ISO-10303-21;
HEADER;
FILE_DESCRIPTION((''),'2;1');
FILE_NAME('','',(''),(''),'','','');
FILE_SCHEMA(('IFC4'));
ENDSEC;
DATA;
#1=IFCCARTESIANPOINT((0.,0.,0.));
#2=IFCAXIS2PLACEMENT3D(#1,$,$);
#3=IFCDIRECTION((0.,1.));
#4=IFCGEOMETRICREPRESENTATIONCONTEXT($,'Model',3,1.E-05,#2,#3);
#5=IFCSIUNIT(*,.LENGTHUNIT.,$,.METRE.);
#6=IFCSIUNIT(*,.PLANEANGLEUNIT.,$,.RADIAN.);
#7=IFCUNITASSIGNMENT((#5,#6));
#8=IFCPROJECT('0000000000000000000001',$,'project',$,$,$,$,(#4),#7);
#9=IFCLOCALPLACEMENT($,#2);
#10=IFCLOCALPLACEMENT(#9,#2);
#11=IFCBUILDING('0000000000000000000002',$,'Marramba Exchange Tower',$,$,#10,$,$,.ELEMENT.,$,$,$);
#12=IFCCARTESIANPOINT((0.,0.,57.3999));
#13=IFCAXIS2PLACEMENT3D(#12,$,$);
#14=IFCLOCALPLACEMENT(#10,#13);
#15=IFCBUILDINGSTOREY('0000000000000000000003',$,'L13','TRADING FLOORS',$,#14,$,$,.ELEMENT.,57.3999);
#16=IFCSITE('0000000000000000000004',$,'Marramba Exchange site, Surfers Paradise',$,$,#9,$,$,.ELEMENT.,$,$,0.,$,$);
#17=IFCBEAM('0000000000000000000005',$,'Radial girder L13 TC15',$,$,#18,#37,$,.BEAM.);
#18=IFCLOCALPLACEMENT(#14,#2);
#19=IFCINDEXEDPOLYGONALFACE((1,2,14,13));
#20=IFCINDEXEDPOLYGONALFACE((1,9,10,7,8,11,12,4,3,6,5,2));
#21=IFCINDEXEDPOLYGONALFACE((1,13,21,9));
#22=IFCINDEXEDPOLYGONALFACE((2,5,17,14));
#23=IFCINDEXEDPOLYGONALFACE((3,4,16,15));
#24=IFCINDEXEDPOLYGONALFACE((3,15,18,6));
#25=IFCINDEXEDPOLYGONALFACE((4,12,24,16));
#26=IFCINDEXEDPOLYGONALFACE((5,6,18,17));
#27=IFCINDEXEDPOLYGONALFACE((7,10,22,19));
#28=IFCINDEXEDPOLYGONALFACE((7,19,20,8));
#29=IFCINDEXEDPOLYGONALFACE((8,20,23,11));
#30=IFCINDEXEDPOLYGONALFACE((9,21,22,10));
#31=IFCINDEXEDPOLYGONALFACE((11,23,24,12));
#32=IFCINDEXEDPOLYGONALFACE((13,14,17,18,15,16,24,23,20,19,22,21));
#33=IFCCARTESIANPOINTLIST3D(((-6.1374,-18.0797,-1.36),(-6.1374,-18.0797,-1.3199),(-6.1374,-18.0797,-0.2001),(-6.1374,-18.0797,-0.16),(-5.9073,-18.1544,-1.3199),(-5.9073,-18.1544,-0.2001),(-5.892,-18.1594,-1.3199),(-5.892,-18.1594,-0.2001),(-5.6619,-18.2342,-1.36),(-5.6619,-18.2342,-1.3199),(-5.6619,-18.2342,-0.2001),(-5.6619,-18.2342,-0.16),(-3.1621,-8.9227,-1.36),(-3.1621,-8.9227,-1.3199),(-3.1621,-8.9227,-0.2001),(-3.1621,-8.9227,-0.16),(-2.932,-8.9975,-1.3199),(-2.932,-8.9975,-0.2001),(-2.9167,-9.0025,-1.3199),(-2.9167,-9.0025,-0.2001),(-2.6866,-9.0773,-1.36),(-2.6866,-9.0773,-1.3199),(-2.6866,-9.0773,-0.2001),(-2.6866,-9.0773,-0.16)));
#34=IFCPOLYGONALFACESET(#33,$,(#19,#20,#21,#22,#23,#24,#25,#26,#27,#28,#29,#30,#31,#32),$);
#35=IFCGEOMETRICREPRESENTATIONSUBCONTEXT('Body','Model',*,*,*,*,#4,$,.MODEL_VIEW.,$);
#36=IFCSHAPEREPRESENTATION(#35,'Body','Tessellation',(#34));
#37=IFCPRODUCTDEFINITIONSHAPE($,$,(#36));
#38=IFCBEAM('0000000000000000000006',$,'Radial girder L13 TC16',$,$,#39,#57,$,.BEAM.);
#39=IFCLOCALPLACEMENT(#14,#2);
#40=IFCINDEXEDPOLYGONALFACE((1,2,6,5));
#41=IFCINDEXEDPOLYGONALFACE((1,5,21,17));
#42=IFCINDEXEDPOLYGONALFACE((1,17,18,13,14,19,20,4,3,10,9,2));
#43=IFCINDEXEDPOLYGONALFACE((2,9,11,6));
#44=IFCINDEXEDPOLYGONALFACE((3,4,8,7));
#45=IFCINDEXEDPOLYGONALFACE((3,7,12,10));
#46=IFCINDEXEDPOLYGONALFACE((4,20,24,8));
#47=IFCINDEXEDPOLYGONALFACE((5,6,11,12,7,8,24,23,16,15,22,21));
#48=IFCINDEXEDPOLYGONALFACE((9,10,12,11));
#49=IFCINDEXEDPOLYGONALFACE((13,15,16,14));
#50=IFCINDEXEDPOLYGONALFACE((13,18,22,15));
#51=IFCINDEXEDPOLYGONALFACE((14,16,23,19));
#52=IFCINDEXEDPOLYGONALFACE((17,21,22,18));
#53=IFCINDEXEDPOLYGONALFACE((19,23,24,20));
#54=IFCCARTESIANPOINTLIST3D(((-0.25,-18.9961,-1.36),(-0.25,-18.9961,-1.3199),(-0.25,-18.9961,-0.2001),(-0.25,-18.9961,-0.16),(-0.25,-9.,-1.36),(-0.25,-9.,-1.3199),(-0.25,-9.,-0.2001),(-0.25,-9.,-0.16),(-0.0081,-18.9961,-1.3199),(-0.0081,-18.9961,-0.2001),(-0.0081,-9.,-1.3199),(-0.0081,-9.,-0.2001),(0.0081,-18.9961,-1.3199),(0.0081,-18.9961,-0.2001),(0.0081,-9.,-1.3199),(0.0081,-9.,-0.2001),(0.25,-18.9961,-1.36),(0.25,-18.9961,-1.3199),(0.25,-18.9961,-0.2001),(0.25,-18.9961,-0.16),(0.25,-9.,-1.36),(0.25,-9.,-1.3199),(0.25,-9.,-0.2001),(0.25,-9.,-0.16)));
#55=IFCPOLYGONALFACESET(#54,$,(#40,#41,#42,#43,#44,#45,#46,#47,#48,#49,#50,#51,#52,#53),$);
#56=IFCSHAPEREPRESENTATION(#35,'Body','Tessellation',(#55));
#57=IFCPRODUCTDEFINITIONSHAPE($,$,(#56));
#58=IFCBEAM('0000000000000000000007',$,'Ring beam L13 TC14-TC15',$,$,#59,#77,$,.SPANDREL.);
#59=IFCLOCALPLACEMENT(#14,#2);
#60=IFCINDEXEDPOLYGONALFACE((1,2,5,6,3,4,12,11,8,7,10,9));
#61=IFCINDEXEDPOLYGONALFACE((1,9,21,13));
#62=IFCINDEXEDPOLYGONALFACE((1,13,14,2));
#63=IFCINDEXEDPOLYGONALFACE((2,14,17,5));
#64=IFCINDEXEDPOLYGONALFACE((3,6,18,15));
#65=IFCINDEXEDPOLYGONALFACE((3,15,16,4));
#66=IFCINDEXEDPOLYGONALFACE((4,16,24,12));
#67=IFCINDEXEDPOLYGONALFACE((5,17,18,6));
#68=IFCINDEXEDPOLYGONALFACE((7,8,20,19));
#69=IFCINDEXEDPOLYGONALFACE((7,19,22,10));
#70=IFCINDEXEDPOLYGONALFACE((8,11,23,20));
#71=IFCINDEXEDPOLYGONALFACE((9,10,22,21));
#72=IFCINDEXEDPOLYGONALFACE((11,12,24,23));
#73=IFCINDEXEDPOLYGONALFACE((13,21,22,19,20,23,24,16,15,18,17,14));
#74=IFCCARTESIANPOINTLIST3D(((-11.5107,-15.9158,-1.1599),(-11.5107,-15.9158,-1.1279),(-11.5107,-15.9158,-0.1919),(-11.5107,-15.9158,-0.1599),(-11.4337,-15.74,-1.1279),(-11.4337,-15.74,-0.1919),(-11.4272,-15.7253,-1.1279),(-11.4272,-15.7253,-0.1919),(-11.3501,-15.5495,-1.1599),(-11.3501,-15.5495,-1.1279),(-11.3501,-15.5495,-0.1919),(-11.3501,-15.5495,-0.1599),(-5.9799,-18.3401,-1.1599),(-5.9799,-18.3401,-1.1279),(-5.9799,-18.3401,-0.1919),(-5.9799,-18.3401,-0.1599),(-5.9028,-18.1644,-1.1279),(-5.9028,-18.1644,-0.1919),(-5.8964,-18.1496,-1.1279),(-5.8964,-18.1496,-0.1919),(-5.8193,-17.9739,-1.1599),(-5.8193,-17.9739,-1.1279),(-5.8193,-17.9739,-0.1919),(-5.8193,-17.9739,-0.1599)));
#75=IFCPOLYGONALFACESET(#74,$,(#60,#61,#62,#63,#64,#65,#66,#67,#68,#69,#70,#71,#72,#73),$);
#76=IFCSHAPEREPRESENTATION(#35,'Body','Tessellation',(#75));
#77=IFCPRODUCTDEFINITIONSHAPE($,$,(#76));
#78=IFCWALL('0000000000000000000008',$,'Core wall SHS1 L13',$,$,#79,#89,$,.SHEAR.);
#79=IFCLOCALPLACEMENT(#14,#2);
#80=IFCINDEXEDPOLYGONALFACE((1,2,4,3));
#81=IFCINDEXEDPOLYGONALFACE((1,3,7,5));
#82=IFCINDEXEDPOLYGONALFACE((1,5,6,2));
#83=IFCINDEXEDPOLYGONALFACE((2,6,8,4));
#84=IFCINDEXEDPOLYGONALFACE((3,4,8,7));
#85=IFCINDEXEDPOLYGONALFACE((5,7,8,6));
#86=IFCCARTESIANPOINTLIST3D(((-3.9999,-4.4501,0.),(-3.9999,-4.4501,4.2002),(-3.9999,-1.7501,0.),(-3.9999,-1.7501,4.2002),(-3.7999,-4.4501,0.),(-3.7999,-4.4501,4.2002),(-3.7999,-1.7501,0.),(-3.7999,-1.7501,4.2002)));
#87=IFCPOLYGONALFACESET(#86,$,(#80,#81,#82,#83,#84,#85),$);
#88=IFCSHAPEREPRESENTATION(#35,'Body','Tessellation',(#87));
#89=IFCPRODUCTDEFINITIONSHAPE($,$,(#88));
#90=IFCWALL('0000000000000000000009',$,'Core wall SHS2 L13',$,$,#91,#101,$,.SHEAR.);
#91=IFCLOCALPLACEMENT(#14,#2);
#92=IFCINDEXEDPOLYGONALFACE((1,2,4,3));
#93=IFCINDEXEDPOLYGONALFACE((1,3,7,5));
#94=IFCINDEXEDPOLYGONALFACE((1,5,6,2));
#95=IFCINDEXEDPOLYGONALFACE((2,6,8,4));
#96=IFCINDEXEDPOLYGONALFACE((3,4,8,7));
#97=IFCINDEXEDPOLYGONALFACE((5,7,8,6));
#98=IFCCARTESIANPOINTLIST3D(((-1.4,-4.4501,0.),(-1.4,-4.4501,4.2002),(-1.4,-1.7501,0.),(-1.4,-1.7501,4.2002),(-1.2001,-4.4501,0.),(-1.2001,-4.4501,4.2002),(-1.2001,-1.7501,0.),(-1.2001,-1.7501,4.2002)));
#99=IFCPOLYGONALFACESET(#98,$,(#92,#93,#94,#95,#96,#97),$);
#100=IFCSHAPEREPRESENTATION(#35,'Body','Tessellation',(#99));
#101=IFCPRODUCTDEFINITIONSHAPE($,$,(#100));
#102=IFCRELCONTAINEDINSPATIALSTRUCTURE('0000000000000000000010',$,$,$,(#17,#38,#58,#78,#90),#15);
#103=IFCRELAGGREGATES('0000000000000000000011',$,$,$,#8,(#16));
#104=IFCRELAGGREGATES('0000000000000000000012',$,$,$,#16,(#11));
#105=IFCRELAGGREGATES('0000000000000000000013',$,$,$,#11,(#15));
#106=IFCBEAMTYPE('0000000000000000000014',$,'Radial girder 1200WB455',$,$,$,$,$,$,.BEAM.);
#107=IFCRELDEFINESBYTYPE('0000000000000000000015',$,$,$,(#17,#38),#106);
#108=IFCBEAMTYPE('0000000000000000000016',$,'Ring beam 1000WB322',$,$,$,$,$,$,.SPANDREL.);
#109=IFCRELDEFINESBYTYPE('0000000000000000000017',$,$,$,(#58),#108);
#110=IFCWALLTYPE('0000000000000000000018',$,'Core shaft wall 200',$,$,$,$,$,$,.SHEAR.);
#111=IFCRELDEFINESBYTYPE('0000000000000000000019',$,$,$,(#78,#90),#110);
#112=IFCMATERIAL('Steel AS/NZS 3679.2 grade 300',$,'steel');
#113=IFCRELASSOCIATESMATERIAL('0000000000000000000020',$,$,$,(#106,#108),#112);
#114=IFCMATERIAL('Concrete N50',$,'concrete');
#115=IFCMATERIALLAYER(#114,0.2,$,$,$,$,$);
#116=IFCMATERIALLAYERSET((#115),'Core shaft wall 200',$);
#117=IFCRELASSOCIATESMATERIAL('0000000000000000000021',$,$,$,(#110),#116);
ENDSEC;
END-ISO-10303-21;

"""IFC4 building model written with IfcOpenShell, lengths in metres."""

from ifc_helpers import new_model, si_unit, direction, frame, frame_2d, origin, origin_2d, place, context, subcontext, project, spatial, rectangle, i_section, extrude, material, layer, layer_set, material_profile, profile_set, type_object, element, save


model = new_model("IFC4")

# Units and contexts
model_context = context("Model", 3, precision=1e-05, world=origin(), true_north=direction((0.0, 1.0)))
body_context = subcontext(model_context, "Body", "Model", "MODEL_VIEW")
ifc_project = project(units=[si_unit("LENGTHUNIT", "METRE"), si_unit("PLANEANGLEUNIT", "RADIAN")], contexts=[model_context])

# Site, building, storey
site_placement = place(None, origin())
site = spatial("IfcSite", under=ifc_project, at=site_placement, Name="Marramba Exchange site, Surfers Paradise", CompositionType="ELEMENT", RefElevation=0.0)
building_placement = place(site_placement, origin())
building = spatial("IfcBuilding", under=site, at=building_placement, Name="Marramba Exchange Tower", CompositionType="ELEMENT")
storey_placement = place(building_placement, frame((0.0, 0.0, 57.3999)))
storey = spatial("IfcBuildingStorey", under=building, at=storey_placement, Name="L13", Description="TRADING FLOORS", CompositionType="ELEMENT", Elevation=57.3999)

# Shared definitions
ifc_material_1 = material(Name="Concrete N50", Category="concrete")

# Beams
ifc_material_2 = material(Name="Steel AS/NZS 3679.2 grade 300", Category="steel")
ifc_material_profile_1 = material_profile(ifc_material_2, i_section(OverallWidth=0.5, OverallDepth=1.2, WebThickness=0.0161, FlangeThickness=0.04, at=origin_2d()), Name="1200WB455")
ifc_profile_set_1 = profile_set([ifc_material_profile_1], Name="Steel AS/NZS 3679.2 grade 300")
beam_type_1 = type_object("IfcBeamType", Name="Radial girder 1200WB455", PredefinedType="BEAM", material=ifc_profile_set_1)
beam_1_placement = place(storey_placement, frame((-2.9243, -9.0, -0.76), z_axis=(-0.309022, -0.951055, 0.0), x_axis=(0.951055, -0.309022, 0.0)))
element("IfcBeam", 1, at=beam_1_placement, inside=storey, type_object=beam_type_1, Name="Radial girder L13 TC15", PredefinedType="BEAM", context=body_context, shape_type="SweptSolid", body=[
    extrude(i_section(OverallWidth=0.5, OverallDepth=1.2, WebThickness=0.0161, FlangeThickness=0.04, at=origin_2d()), origin(), (0.0, 0.0, 1.0), 9.6282),
])
beam_2_placement = place(storey_placement, frame((0.0, -9.0, -0.76), z_axis=(0.0, -1.0, 0.0), x_axis=(1.0, 0.0, 0.0)))
element("IfcBeam", 2, at=beam_2_placement, inside=storey, type_object=beam_type_1, Name="Radial girder L13 TC16", PredefinedType="BEAM", context=body_context, shape_type="SweptSolid", body=[
    extrude(i_section(OverallWidth=0.5, OverallDepth=1.2, WebThickness=0.0161, FlangeThickness=0.04, at=origin_2d()), origin(), (0.0, 0.0, 1.0), 9.9961),
])
ifc_material_profile_2 = material_profile(ifc_material_2, i_section(OverallWidth=0.3999, OverallDepth=1.0, WebThickness=0.0161, FlangeThickness=0.032, at=origin_2d()), Name="1000WB322")
ifc_profile_set_2 = profile_set([ifc_material_profile_2], Name="Steel AS/NZS 3679.2 grade 300")
beam_type_2 = type_object("IfcBeamType", Name="Ring beam 1000WB322", PredefinedType="SPANDREL", material=ifc_profile_set_2)
beam_3_placement = place(storey_placement, frame((-11.4304, -15.7327, -0.6599), z_axis=(0.915877, -0.401459, 0.0), x_axis=(0.401459, 0.915877, 0.0)))
element("IfcBeam", 3, at=beam_3_placement, inside=storey, type_object=beam_type_2, Name="Ring beam L13 TC14-TC15", PredefinedType="SPANDREL", context=body_context, shape_type="SweptSolid", body=[
    extrude(i_section(OverallWidth=0.3999, OverallDepth=1.0, WebThickness=0.0161, FlangeThickness=0.032, at=origin_2d()), origin(), (0.0, 0.0, 1.0), 6.0388),
])

# Walls
ifc_layer_1 = layer(ifc_material_1, 0.2)
ifc_layer_set_1 = layer_set([ifc_layer_1], Name="Core shaft wall 200")
wall_type_1 = type_object("IfcWallType", Name="Core shaft wall 200", PredefinedType="SHEAR", material=ifc_layer_set_1)
for number, where, z_axis, x_axis, name in (
    (4, (-3.8999, -1.75, 0.0), (0.0, 0.0, 1.0), (0.0, -1.0, 0.0), "Core wall SHS1 L13"),
    (5, (-1.3, -1.75, 0.0), (0.0, 0.0, 1.0), (0.0, -1.0, 0.0), "Core wall SHS2 L13"),
):
    element("IfcWall", number, at=place(storey_placement, frame(where, z_axis=z_axis, x_axis=x_axis)), inside=storey, type_object=wall_type_1, Name=name, PredefinedType="SHEAR", context=body_context, shape_type="SweptSolid", body=[
        extrude(rectangle(XDim=2.7, YDim=0.2, at=frame_2d((1.3501, 0.0))), origin(), (0.0, 0.0, 1.0), 4.2002),
    ])

save(model, "model.ifc")
